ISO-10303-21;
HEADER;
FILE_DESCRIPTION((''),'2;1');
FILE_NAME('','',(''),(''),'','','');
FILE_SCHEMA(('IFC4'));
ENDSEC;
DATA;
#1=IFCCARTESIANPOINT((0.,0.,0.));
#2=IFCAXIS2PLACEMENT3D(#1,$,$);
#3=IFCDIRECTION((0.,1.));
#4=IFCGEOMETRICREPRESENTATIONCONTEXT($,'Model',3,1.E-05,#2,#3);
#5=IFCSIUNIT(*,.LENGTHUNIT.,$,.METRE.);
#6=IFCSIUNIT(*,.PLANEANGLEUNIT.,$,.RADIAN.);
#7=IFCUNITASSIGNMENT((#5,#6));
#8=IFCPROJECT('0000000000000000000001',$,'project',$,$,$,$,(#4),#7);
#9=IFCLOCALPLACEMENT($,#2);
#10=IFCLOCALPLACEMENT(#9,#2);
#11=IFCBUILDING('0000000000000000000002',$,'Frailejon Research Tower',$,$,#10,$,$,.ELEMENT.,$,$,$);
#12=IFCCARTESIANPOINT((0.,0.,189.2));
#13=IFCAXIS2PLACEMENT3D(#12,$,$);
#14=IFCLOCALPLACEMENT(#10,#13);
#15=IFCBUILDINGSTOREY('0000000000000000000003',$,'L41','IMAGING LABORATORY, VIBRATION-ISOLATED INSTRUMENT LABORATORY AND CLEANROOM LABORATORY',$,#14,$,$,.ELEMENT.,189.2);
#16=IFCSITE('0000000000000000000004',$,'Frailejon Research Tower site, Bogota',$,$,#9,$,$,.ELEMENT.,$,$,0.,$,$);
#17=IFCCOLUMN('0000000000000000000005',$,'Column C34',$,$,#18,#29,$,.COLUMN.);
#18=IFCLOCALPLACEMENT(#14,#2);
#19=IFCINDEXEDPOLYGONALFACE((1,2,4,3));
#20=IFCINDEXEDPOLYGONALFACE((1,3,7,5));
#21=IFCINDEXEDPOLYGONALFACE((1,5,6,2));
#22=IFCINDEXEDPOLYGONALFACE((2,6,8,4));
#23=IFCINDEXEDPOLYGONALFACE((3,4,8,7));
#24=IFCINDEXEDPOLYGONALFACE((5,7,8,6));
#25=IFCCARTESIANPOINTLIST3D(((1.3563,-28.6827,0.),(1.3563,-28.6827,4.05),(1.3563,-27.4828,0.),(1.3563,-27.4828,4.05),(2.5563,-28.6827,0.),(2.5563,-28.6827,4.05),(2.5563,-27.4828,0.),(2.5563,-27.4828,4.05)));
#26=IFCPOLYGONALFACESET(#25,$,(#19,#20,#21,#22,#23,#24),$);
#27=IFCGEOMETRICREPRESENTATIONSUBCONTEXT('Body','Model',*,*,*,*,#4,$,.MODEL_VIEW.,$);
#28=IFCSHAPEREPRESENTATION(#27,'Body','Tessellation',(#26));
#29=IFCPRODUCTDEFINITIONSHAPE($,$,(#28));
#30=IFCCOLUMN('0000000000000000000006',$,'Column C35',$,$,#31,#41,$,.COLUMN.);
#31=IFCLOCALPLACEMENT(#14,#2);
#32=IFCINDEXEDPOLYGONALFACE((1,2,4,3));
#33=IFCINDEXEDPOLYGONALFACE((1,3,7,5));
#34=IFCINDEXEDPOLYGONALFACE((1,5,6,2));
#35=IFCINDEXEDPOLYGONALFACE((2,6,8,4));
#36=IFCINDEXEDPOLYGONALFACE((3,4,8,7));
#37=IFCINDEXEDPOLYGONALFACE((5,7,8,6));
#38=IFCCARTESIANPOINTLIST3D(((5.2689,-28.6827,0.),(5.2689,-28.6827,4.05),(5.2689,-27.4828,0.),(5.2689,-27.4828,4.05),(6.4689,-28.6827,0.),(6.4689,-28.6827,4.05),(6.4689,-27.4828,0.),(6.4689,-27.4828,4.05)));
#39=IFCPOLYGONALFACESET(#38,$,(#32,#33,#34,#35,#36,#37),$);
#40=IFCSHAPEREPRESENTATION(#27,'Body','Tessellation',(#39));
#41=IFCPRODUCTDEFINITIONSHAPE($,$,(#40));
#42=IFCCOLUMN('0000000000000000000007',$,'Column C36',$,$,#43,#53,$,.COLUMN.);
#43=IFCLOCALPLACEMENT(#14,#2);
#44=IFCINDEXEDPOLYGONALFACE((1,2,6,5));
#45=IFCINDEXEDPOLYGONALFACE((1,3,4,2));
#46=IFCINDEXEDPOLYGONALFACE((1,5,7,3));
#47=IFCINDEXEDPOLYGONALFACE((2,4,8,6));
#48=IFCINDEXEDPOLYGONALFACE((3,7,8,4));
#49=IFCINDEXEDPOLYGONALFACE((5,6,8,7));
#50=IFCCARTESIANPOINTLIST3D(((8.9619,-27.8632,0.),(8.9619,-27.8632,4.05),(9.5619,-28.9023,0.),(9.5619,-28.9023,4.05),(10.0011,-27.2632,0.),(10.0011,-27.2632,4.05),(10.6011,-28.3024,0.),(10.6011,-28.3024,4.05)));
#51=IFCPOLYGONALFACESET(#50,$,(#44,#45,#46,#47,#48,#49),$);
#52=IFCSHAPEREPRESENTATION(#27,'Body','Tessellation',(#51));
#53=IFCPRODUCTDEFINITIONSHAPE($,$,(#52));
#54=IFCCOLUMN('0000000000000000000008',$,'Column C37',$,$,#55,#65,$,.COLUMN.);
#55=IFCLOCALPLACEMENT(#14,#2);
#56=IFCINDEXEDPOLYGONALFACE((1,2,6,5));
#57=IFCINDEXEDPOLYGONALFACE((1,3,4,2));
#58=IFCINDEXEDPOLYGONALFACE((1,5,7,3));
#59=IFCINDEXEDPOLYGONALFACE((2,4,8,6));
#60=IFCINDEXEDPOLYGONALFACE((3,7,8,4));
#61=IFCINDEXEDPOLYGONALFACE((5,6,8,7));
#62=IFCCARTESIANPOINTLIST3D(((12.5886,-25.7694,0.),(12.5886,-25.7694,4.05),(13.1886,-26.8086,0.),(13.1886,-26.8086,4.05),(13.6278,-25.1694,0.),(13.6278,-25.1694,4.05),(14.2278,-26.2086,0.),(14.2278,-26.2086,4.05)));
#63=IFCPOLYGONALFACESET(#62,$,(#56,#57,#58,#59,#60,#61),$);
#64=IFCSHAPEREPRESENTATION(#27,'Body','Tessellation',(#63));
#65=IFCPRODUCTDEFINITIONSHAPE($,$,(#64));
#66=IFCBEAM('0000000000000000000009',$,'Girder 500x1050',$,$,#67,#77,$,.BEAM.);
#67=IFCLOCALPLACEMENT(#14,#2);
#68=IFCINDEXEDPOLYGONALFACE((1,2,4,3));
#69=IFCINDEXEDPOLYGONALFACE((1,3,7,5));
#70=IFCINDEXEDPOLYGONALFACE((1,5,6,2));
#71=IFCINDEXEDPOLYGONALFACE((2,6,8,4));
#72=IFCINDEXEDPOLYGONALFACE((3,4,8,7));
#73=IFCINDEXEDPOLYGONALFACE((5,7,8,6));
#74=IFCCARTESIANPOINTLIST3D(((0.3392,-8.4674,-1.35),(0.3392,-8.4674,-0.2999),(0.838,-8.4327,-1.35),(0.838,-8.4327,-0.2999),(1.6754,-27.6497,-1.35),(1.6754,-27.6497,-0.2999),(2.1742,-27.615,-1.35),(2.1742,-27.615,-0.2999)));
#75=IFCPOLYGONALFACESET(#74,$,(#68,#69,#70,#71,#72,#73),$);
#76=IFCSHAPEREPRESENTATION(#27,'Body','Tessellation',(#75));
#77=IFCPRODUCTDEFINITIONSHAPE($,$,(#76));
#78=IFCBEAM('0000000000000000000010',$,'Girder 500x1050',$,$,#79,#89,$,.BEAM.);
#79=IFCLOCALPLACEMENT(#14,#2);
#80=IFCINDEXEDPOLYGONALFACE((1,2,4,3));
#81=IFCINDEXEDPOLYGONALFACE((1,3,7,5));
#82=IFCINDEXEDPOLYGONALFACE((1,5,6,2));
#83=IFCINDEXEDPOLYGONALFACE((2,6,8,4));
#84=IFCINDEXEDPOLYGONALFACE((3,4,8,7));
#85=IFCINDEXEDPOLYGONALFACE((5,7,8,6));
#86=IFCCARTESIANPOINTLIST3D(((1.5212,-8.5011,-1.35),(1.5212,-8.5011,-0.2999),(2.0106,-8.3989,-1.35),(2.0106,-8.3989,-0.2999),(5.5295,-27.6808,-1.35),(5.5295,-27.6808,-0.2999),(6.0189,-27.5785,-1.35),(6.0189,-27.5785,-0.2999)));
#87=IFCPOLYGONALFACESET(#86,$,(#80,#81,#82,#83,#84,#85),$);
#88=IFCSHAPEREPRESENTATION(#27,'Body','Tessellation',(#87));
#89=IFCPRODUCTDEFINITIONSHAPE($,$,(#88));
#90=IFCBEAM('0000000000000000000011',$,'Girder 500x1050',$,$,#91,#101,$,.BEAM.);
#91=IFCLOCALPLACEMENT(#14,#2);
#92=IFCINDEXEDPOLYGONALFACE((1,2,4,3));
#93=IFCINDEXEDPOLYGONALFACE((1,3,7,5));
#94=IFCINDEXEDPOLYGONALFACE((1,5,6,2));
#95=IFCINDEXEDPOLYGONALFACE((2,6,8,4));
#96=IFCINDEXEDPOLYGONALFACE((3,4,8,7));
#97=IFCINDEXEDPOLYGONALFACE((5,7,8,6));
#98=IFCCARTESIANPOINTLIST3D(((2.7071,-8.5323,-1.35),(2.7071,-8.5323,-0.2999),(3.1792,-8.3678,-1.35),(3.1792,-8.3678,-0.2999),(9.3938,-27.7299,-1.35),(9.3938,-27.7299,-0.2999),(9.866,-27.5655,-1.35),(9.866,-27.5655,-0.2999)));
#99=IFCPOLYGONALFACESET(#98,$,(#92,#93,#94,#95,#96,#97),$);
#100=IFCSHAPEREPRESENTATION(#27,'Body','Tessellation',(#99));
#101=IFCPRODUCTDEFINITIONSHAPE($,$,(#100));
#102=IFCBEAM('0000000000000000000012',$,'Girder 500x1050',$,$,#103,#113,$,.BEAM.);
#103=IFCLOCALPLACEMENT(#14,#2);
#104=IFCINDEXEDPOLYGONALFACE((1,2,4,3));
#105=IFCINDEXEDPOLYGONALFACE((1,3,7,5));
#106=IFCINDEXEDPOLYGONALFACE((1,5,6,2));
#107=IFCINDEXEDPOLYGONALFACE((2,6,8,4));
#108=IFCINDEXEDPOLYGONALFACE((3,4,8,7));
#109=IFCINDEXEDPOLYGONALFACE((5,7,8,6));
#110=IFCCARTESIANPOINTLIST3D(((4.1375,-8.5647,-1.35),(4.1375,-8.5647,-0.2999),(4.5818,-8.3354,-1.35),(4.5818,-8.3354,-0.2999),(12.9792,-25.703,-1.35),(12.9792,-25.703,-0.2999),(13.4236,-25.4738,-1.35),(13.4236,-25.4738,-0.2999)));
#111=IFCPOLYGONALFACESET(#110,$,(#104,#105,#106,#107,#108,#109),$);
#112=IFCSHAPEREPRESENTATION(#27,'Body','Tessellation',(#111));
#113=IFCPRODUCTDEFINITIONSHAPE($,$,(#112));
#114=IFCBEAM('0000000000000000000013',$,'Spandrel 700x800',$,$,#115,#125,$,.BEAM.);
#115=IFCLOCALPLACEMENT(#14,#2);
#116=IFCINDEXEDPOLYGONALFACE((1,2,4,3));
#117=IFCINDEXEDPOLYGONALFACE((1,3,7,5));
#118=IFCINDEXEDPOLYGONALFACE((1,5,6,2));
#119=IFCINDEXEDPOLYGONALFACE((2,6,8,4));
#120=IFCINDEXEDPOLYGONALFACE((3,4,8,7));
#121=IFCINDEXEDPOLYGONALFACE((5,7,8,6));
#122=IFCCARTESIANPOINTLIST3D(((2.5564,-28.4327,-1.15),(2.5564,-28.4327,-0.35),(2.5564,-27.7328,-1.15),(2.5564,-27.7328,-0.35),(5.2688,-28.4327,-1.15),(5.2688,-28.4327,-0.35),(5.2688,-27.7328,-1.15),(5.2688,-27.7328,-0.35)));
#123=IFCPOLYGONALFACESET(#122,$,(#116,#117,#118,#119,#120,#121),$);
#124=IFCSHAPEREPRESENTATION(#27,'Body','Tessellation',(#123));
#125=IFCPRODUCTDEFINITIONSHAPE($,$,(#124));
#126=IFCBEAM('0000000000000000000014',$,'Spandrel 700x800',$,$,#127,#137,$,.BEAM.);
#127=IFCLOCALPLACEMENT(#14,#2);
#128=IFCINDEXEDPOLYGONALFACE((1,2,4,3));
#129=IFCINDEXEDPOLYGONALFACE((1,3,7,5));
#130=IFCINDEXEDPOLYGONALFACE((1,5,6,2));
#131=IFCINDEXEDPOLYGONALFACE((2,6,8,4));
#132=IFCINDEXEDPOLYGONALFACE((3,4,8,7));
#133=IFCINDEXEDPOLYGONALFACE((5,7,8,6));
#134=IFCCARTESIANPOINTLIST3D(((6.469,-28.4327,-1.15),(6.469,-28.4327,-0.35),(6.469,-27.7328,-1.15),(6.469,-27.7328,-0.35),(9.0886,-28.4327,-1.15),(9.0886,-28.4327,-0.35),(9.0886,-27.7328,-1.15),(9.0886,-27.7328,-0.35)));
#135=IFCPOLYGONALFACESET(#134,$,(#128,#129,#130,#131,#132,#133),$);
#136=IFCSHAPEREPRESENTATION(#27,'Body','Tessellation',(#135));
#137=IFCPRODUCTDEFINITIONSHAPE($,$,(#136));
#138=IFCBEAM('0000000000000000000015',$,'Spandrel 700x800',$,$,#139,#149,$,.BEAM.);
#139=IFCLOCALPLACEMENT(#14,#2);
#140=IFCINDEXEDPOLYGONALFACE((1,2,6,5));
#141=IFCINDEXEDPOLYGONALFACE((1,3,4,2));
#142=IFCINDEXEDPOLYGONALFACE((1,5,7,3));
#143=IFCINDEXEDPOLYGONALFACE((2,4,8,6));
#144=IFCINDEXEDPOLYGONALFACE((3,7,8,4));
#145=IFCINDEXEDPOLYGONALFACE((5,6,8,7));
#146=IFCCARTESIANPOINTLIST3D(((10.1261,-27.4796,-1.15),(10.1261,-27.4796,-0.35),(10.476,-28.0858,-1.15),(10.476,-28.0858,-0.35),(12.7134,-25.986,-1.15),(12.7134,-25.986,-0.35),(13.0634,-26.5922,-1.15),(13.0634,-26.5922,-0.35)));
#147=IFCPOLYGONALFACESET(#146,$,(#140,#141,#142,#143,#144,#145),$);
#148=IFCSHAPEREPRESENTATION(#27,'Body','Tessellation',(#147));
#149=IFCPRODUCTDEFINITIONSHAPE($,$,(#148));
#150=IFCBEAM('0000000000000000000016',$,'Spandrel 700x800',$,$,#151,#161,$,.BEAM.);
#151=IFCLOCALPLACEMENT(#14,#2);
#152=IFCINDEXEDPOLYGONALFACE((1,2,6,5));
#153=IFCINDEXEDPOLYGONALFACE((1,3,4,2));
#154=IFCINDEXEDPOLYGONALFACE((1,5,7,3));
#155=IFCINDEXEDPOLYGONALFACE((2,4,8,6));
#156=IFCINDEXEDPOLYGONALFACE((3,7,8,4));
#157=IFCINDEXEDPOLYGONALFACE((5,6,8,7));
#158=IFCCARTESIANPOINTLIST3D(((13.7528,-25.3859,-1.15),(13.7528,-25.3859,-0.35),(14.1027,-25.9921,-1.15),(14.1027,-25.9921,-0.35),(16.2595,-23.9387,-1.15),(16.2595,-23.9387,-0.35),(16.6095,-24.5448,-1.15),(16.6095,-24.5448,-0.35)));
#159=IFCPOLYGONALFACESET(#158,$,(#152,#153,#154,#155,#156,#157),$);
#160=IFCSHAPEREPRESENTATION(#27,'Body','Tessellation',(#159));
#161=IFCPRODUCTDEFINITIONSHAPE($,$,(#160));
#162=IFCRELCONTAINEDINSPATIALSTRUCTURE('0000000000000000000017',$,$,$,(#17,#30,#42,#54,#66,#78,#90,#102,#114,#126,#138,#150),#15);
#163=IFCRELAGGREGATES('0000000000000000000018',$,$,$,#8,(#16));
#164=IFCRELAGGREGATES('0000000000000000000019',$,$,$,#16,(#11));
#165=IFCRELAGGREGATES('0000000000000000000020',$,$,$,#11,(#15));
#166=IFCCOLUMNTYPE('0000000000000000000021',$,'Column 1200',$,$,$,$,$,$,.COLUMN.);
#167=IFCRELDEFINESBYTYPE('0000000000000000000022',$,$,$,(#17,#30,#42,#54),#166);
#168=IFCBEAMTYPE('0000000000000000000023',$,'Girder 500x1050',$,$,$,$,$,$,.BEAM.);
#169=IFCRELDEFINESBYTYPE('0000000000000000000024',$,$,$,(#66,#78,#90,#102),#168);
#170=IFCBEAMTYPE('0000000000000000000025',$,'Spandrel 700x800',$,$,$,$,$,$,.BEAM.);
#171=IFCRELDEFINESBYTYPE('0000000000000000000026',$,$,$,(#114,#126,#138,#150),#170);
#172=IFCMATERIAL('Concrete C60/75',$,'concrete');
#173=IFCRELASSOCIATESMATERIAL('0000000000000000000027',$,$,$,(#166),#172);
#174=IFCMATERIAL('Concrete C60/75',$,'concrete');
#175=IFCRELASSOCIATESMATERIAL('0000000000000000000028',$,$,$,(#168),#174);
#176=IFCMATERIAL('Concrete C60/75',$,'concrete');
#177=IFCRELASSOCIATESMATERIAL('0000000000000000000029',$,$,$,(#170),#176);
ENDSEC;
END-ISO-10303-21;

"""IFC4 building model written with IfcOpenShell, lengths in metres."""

from ifc_helpers import new_model, si_unit, direction, frame, origin, origin_2d, place, context, subcontext, project, spatial, rectangle, extrude, material, material_profile, profile_set, type_object, element, save


model = new_model("IFC4")

# Units and contexts
model_context = context("Model", 3, precision=1e-05, world=origin(), true_north=direction((0.0, 1.0)))
body_context = subcontext(model_context, "Body", "Model", "MODEL_VIEW")
ifc_project = project(units=[si_unit("LENGTHUNIT", "METRE"), si_unit("PLANEANGLEUNIT", "RADIAN")], contexts=[model_context])

# Site, building, storey
site_placement = place(None, origin())
site = spatial("IfcSite", under=ifc_project, at=site_placement, Name="Frailejon Research Tower site, Bogota", CompositionType="ELEMENT", RefElevation=0.0)
building_placement = place(site_placement, origin())
building = spatial("IfcBuilding", under=site, at=building_placement, Name="Frailejon Research Tower", CompositionType="ELEMENT")
storey_placement = place(building_placement, frame((0.0, 0.0, 189.2)))
storey = spatial("IfcBuildingStorey", under=building, at=storey_placement, Name="L41", Description="IMAGING LABORATORY, VIBRATION-ISOLATED INSTRUMENT LABORATORY AND CLEANROOM LABORATORY", CompositionType="ELEMENT", Elevation=189.2)

# Columns
ifc_material_1 = material(Name="Concrete C60/75", Category="concrete")
ifc_material_profile_1 = material_profile(ifc_material_1, rectangle(XDim=1.2, YDim=1.2, at=origin_2d()), Name="Column 1200")
ifc_profile_set_1 = profile_set([ifc_material_profile_1], Name="Concrete C60/75")
column_type = type_object("IfcColumnType", Name="Column 1200", PredefinedType="COLUMN", material=ifc_profile_set_1)
for number, where, z_axis, x_axis, name in (
    (1, (1.9563, -28.0828, 0.0), (0.0, 0.0, 1.0), (1.0, 0.0, 0.0), "Column C34"),
    (2, (5.8689, -28.0828, 0.0), (0.0, 0.0, 1.0), (1.0, 0.0, 0.0), "Column C35"),
    (3, (9.7815, -28.0828, 0.0), (0.0, 0.0, 1.0), (0.866025, 0.5, 0.0), "Column C36"),
    (4, (13.4082, -25.989, 0.0), (0.0, 0.0, 1.0), (0.866025, 0.5, 0.0), "Column C37"),
):
    element("IfcColumn", number, at=place(storey_placement, frame(where, z_axis=z_axis, x_axis=x_axis)), inside=storey, type_object=column_type, Name=name, PredefinedType="COLUMN", context=body_context, shape_type="SweptSolid", body=[
        extrude(rectangle(XDim=1.2, YDim=1.2, at=origin_2d()), origin(), (0.0, 0.0, 1.0), 4.05),
    ])

# Beams
ifc_material_2 = material(Name="Concrete C60/75", Category="concrete")
ifc_material_profile_2 = material_profile(ifc_material_2, rectangle(XDim=0.5, YDim=1.05, at=origin_2d()), Name="Girder 500x1050")
ifc_profile_set_2 = profile_set([ifc_material_profile_2], Name="Concrete C60/75")
beam_type_1 = type_object("IfcBeamType", Name="Girder 500x1050", PredefinedType="BEAM", material=ifc_profile_set_2)
beam_1_placement = place(storey_placement, frame((1.9248, -27.6323, -0.825), z_axis=(-0.069488, 0.997583, 0.0), x_axis=(-0.997583, -0.069488, 0.0)))
element("IfcBeam", 5, at=beam_1_placement, inside=storey, type_object=beam_type_1, Name="Girder 500x1050", PredefinedType="BEAM", context=body_context, shape_type="SweptSolid", body=[
    extrude(rectangle(XDim=0.5, YDim=1.05, at=origin_2d()), origin(), (0.0, 0.0, 1.0), 19.2288),
])
beam_2_placement = place(storey_placement, frame((5.7742, -27.6296, -0.825), z_axis=(-0.204567, 0.978853, 0.0), x_axis=(-0.978853, -0.204567, 0.0)))
element("IfcBeam", 6, at=beam_2_placement, inside=storey, type_object=beam_type_1, Name="Girder 500x1050", PredefinedType="BEAM", context=body_context, shape_type="SweptSolid", body=[
    extrude(rectangle(XDim=0.5, YDim=1.05, at=origin_2d()), origin(), (0.0, 0.0, 1.0), 19.594),
])
beam_3_placement = place(storey_placement, frame((9.6299, -27.6477, -0.825), z_axis=(-0.328928, 0.944355, 0.0), x_axis=(-0.944355, -0.328928, 0.0)))
element("IfcBeam", 7, at=beam_3_placement, inside=storey, type_object=beam_type_1, Name="Girder 500x1050", PredefinedType="BEAM", context=body_context, shape_type="SweptSolid", body=[
    extrude(rectangle(XDim=0.5, YDim=1.05, at=origin_2d()), origin(), (0.0, 0.0, 1.0), 20.3289),
])
beam_4_placement = place(storey_placement, frame((13.2014, -25.5884, -0.825), z_axis=(-0.458486, 0.888702, 0.0), x_axis=(-0.888702, -0.458486, 0.0)))
element("IfcBeam", 8, at=beam_4_placement, inside=storey, type_object=beam_type_1, Name="Girder 500x1050", PredefinedType="BEAM", context=body_context, shape_type="SweptSolid", body=[
    extrude(rectangle(XDim=0.5, YDim=1.05, at=origin_2d()), origin(), (0.0, 0.0, 1.0), 19.2847),
])
ifc_material_3 = material(Name="Concrete C60/75", Category="concrete")
ifc_material_profile_3 = material_profile(ifc_material_3, rectangle(XDim=0.7, YDim=0.8, at=origin_2d()), Name="Spandrel 700x800")
ifc_profile_set_3 = profile_set([ifc_material_profile_3], Name="Concrete C60/75")
beam_type_2 = type_object("IfcBeamType", Name="Spandrel 700x800", PredefinedType="BEAM", material=ifc_profile_set_3)
beam_5_placement = place(storey_placement, frame((2.5564, -28.0828, -0.75), z_axis=(1.0, 0.0, 0.0), x_axis=(0.0, 1.0, 0.0)))
element("IfcBeam", 9, at=beam_5_placement, inside=storey, type_object=beam_type_2, Name="Spandrel 700x800", PredefinedType="BEAM", context=body_context, shape_type="SweptSolid", body=[
    extrude(rectangle(XDim=0.7, YDim=0.8, at=origin_2d()), origin(), (0.0, 0.0, 1.0), 2.7124),
])
beam_6_placement = place(storey_placement, frame((6.469, -28.0828, -0.75), z_axis=(1.0, 0.0, 0.0), x_axis=(0.0, 1.0, 0.0)))
element("IfcBeam", 10, at=beam_6_placement, inside=storey, type_object=beam_type_2, Name="Spandrel 700x800", PredefinedType="BEAM", context=body_context, shape_type="SweptSolid", body=[
    extrude(rectangle(XDim=0.7, YDim=0.8, at=origin_2d()), origin(), (0.0, 0.0, 1.0), 2.6196),
])
beam_7_placement = place(storey_placement, frame((10.301, -27.7827, -0.75), z_axis=(0.866052, 0.499954, 0.0), x_axis=(-0.499954, 0.866052, 0.0)))
element("IfcBeam", 11, at=beam_7_placement, inside=storey, type_object=beam_type_2, Name="Spandrel 700x800", PredefinedType="BEAM", context=body_context, shape_type="SweptSolid", body=[
    extrude(rectangle(XDim=0.7, YDim=0.8, at=origin_2d()), origin(), (0.0, 0.0, 1.0), 2.9875),
])
beam_8_placement = place(storey_placement, frame((13.9277, -25.689, -0.75), z_axis=(0.866034, 0.499985, 0.0), x_axis=(-0.499985, 0.866034, 0.0)))
element("IfcBeam", 12, at=beam_8_placement, inside=storey, type_object=beam_type_2, Name="Spandrel 700x800", PredefinedType="BEAM", context=body_context, shape_type="SweptSolid", body=[
    extrude(rectangle(XDim=0.7, YDim=0.8, at=origin_2d()), origin(), (0.0, 0.0, 1.0), 2.8945),
])

save(model, "model.ifc")
